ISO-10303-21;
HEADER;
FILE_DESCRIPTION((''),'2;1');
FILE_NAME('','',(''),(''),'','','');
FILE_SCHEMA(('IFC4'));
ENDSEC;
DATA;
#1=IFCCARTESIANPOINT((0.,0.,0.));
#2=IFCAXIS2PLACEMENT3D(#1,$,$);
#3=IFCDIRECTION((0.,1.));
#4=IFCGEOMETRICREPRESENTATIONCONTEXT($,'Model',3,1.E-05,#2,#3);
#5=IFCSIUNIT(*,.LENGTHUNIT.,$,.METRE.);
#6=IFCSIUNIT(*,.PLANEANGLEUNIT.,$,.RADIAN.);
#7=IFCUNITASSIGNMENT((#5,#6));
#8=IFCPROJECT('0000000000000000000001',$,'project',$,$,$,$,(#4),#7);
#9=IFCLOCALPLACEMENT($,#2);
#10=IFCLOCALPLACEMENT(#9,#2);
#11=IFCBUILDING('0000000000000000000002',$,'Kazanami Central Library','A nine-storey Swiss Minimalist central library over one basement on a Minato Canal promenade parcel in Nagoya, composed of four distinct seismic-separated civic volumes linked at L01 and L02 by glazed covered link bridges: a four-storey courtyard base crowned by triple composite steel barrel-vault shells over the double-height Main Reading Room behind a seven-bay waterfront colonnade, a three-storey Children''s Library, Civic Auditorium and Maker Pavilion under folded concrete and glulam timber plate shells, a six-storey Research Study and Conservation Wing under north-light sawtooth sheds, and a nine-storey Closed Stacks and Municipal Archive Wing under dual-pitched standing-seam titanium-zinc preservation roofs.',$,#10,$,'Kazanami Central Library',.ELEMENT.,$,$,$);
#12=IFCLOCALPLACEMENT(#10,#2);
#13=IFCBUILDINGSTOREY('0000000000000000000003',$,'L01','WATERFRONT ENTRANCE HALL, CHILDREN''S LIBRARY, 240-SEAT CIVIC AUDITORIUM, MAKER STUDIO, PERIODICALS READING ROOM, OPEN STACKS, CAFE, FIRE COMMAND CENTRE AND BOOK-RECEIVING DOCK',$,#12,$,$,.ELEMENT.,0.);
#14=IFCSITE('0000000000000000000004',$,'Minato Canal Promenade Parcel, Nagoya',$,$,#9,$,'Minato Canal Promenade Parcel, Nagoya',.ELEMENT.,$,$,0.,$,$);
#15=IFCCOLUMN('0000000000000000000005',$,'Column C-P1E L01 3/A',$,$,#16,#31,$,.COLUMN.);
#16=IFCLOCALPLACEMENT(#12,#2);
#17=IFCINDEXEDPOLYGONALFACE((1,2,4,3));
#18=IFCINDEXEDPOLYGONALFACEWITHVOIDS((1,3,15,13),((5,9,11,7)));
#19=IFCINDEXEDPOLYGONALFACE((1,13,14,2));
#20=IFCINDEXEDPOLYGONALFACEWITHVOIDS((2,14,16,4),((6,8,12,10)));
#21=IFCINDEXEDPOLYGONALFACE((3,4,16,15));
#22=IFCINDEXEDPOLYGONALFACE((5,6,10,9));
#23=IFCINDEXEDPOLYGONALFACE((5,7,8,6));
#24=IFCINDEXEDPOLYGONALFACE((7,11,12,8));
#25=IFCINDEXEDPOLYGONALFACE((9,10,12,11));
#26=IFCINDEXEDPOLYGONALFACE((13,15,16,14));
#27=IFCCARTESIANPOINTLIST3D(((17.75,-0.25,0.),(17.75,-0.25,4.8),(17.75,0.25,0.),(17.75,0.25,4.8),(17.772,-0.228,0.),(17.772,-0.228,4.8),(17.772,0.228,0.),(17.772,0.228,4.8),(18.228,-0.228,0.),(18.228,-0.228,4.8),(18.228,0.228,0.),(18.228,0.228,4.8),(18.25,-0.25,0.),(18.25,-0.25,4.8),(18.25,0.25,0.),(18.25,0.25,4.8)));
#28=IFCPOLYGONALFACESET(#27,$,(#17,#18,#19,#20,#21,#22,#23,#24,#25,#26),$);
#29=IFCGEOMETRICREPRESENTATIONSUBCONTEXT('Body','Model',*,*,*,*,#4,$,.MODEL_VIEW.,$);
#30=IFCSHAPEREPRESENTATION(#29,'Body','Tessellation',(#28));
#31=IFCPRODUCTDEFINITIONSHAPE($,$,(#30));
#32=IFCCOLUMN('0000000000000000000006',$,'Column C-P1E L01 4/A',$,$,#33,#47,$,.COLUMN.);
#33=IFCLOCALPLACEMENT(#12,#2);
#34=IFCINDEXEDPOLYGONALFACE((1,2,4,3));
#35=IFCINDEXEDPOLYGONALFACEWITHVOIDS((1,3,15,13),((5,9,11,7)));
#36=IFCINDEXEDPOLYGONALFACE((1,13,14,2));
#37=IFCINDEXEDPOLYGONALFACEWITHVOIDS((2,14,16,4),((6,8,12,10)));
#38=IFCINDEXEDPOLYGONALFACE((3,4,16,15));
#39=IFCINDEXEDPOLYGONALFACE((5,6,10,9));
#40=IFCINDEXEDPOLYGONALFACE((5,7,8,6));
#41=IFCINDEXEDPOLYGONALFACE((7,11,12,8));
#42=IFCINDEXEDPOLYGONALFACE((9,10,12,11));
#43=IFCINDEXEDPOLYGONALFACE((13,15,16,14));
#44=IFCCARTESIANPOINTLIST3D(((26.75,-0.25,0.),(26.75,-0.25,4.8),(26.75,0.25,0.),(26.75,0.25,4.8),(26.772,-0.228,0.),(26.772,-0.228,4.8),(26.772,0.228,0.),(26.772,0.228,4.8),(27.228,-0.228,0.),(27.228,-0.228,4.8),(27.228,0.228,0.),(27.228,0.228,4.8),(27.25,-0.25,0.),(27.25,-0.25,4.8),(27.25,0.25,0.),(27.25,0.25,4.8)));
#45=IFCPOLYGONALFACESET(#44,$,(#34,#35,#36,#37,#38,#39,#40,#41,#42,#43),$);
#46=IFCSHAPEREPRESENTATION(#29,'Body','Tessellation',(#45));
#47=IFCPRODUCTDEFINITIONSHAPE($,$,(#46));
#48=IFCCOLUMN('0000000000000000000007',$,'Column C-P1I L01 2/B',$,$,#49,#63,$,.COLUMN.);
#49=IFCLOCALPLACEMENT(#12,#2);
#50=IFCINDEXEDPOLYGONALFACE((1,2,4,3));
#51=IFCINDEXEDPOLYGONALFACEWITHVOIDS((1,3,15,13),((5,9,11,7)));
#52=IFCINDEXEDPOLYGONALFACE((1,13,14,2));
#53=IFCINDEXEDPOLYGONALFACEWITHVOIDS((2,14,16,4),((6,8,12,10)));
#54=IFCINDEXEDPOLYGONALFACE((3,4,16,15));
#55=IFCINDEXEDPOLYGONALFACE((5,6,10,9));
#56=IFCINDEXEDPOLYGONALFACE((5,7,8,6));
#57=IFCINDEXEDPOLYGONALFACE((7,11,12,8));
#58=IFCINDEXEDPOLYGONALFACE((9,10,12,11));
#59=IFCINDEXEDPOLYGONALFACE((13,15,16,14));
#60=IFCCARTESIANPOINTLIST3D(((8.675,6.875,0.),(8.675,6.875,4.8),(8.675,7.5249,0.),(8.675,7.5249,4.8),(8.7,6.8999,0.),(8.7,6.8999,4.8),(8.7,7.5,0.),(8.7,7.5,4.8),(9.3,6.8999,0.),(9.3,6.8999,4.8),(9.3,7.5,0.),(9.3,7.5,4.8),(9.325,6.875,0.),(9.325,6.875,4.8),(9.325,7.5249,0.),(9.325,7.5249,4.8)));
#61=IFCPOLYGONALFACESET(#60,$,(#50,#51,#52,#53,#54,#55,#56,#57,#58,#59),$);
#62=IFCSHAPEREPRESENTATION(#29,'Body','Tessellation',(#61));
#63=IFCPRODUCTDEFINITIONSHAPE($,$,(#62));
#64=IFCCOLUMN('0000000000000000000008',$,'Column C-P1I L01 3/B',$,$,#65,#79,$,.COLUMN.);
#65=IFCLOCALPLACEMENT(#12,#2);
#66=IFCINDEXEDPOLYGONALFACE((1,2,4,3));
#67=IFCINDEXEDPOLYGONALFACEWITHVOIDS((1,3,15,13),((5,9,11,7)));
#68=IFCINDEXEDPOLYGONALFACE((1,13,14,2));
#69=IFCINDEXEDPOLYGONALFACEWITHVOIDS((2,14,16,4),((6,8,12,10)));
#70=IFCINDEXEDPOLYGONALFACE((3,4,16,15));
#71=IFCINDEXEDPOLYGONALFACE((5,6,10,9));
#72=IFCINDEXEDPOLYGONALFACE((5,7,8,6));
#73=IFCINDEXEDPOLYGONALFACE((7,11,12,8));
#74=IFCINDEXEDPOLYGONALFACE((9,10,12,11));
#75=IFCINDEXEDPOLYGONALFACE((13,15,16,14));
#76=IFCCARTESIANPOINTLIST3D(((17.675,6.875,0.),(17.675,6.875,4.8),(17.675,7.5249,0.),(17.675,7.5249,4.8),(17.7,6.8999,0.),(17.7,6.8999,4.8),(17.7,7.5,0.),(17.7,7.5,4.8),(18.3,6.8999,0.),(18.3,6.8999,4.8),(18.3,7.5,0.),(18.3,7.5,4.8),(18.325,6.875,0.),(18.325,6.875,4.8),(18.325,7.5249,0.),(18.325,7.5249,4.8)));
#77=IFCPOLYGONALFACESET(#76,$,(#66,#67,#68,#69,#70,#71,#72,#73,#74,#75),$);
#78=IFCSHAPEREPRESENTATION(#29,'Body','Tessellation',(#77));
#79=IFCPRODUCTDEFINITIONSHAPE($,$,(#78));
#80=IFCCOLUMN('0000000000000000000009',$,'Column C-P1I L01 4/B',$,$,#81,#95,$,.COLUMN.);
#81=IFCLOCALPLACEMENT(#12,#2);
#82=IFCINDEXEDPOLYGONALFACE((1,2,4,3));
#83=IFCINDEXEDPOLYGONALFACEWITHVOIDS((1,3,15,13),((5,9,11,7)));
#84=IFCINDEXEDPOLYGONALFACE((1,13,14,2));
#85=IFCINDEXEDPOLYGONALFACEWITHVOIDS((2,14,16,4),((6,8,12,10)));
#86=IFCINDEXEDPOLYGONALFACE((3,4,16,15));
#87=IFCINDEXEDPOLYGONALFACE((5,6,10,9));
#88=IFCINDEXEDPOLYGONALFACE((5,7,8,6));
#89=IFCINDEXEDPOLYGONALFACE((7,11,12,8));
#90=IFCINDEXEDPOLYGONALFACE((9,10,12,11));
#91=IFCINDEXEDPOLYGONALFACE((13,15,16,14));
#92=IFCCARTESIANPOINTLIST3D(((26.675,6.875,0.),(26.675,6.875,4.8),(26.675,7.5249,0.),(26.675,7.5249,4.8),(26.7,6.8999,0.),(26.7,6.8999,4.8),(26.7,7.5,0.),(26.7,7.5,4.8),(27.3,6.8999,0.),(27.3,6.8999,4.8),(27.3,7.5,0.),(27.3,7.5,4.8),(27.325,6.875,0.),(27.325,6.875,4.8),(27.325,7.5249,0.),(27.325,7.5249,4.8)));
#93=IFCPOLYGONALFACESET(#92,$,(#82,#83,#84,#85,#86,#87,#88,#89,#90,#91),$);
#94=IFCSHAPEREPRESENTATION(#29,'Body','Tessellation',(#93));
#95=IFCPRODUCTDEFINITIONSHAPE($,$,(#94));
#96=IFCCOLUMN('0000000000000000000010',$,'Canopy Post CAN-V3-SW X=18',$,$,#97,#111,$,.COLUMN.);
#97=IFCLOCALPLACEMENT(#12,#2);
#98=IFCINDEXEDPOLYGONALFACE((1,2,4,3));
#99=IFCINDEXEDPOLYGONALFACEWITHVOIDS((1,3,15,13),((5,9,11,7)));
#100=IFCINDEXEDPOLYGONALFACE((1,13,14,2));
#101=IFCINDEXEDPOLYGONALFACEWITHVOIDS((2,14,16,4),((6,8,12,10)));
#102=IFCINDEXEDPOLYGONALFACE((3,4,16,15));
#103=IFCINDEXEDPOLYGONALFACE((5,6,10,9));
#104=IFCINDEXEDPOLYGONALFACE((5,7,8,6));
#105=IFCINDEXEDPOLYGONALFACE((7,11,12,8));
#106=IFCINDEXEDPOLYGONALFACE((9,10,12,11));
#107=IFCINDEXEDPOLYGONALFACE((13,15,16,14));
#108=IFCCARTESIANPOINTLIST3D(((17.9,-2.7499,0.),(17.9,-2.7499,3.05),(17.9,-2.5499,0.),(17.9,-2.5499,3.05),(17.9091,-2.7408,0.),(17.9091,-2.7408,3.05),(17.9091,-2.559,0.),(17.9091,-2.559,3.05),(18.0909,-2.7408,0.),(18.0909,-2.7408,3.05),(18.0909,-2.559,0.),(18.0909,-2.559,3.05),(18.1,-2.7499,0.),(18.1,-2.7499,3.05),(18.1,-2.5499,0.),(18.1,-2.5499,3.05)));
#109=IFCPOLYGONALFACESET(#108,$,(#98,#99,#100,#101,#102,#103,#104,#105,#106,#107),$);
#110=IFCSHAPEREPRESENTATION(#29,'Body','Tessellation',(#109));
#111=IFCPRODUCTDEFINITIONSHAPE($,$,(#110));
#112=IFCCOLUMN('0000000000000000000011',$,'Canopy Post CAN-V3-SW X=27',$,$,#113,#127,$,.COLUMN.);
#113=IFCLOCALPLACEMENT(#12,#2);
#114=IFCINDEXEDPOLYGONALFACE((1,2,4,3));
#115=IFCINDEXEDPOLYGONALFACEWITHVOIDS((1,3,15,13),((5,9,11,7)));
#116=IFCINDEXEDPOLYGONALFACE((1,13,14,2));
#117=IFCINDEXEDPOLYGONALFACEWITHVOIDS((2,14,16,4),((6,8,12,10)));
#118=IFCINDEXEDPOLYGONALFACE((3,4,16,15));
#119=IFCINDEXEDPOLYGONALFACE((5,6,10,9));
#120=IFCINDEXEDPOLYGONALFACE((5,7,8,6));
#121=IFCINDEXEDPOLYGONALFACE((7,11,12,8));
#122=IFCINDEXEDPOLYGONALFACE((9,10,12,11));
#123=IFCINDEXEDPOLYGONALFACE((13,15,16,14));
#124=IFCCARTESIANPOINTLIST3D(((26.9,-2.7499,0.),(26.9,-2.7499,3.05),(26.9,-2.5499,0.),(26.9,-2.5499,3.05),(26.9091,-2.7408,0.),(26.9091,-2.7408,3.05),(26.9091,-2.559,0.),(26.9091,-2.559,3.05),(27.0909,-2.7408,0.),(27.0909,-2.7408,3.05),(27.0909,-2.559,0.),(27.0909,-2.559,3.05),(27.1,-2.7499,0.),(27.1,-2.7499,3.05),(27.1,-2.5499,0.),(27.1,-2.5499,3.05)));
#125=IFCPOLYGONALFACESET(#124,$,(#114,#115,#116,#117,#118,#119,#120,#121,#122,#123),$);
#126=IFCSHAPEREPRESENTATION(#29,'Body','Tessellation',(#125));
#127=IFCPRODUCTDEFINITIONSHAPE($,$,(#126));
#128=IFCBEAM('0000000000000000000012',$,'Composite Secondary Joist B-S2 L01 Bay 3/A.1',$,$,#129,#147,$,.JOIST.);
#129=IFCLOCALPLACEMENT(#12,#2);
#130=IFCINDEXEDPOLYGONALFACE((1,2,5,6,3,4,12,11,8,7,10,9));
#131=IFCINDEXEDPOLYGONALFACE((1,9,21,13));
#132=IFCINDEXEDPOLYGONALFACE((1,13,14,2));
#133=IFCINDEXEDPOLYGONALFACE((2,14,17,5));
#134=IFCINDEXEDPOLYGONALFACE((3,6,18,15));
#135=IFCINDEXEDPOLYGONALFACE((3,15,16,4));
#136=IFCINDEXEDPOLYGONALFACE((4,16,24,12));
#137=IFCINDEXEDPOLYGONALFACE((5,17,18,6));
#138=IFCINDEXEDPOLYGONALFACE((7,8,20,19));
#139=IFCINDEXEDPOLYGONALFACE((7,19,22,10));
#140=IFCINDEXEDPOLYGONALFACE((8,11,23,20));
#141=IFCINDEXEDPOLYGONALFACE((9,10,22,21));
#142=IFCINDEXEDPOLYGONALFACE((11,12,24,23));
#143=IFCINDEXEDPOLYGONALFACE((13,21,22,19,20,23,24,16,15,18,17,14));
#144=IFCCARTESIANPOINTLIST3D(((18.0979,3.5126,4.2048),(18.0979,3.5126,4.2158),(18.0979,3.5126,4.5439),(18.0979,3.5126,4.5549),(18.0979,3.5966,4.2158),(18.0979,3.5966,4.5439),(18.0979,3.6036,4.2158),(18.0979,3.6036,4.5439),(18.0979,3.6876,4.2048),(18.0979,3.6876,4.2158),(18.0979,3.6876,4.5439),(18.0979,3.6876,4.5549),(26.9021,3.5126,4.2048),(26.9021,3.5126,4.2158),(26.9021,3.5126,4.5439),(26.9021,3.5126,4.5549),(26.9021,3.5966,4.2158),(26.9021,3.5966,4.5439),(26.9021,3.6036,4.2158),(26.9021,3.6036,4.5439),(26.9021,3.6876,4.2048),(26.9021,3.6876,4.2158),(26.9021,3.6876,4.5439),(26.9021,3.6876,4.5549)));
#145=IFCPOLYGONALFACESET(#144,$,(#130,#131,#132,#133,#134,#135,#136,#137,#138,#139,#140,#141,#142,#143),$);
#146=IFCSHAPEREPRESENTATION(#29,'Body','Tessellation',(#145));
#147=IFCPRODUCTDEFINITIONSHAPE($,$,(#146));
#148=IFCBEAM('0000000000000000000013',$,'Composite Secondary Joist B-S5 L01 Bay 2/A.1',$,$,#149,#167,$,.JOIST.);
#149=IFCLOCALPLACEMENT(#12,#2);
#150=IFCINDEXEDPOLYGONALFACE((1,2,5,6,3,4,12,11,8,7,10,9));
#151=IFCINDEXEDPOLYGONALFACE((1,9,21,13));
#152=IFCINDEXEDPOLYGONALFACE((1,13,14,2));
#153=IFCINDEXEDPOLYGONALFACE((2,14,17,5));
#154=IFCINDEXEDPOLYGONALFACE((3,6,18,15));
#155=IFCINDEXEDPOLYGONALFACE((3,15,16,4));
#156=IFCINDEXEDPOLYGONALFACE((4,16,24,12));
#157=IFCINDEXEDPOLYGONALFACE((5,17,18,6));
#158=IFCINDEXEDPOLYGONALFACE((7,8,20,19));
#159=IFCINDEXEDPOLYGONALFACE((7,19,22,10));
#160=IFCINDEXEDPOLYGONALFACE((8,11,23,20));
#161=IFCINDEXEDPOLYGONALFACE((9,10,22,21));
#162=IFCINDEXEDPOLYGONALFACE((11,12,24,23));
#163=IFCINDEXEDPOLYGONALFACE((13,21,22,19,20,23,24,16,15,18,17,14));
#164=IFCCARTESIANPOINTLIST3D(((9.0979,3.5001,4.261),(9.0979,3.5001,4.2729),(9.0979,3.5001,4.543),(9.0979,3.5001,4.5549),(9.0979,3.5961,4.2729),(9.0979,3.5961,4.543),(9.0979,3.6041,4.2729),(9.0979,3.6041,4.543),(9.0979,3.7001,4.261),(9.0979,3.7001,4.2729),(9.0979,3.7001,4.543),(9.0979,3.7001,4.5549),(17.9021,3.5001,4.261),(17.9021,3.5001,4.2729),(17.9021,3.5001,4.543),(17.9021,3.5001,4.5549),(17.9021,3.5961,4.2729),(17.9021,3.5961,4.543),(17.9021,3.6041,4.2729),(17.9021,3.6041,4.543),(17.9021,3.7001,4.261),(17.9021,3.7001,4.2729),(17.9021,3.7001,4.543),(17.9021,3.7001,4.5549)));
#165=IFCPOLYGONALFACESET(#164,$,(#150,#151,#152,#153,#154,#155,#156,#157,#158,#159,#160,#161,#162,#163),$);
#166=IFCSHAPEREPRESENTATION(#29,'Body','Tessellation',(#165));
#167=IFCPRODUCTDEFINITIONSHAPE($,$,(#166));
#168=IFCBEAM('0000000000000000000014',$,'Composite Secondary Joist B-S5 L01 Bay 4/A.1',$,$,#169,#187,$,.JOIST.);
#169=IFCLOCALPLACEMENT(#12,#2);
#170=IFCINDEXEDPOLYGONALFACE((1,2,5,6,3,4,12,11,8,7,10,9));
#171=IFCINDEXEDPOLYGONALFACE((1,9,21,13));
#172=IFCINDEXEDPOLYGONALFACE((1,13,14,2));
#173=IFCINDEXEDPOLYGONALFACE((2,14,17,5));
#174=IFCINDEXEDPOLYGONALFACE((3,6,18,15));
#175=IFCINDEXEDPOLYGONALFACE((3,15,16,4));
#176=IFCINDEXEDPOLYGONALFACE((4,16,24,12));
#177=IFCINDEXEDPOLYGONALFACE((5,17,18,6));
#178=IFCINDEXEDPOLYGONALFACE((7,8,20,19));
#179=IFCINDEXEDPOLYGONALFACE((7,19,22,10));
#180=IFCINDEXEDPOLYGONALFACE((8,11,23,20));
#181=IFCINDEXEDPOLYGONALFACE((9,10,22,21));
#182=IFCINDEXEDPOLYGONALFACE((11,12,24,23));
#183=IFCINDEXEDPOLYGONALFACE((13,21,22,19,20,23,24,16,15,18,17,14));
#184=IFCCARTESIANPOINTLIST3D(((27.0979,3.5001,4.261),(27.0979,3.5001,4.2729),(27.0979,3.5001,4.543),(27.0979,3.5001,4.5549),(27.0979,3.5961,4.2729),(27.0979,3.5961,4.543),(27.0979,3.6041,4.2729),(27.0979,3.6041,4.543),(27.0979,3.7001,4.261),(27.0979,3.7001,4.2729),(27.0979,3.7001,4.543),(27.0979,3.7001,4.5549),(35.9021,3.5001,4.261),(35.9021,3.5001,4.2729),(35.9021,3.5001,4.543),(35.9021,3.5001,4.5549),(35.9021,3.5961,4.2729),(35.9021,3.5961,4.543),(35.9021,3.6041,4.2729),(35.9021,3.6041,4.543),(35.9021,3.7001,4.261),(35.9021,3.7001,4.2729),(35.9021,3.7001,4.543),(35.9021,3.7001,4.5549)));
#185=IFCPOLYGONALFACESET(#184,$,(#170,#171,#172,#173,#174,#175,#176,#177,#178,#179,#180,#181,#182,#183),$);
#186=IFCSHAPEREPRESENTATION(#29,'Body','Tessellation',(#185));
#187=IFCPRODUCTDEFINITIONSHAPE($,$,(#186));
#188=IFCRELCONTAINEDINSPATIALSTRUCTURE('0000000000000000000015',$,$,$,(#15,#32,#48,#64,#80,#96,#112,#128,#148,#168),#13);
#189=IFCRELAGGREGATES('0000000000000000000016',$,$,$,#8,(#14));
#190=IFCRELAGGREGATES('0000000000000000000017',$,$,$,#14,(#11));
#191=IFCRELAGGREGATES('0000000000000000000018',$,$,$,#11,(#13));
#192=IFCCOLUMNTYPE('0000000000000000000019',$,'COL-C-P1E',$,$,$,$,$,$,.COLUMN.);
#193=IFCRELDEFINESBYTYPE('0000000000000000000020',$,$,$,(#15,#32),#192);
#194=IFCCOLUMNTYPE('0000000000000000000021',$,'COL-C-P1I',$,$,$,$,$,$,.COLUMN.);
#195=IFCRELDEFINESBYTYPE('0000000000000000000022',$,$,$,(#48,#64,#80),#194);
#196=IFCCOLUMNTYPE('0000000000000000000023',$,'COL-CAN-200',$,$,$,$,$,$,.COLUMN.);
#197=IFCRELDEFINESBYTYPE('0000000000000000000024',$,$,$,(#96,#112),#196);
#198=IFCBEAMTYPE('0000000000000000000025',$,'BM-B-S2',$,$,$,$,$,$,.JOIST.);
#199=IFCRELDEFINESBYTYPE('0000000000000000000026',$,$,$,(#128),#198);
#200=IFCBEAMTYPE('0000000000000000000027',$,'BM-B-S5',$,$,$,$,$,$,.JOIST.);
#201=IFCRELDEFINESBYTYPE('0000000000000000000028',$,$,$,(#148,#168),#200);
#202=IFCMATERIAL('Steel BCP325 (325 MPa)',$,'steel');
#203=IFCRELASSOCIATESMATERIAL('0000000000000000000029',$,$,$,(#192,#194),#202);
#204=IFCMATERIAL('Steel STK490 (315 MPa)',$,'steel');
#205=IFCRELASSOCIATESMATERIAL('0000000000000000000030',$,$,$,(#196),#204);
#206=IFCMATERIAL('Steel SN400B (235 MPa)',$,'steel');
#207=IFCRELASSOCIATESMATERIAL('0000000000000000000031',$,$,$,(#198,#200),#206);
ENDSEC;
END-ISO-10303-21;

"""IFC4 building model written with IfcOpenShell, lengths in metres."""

from ifc_helpers import new_model, si_unit, direction, frame, origin, origin_2d, place, context, subcontext, project, spatial, hollow_rectangle, i_section, extrude, material, material_profile, profile_set, type_object, element, save


model = new_model("IFC4")

# Units and contexts
model_context = context("Model", 3, precision=1e-05, world=origin(), true_north=direction((0.0, 1.0)))
body_context = subcontext(model_context, "Body", "Model", "MODEL_VIEW")
ifc_project = project(units=[si_unit("LENGTHUNIT", "METRE"), si_unit("PLANEANGLEUNIT", "RADIAN")], contexts=[model_context])

# Site, building, storey
site_placement = place(None, origin())
site = spatial("IfcSite", under=ifc_project, at=site_placement, Name="Minato Canal Promenade Parcel, Nagoya", LongName="Minato Canal Promenade Parcel, Nagoya", CompositionType="ELEMENT", RefElevation=0.0)
building_placement = place(site_placement, origin())
building = spatial("IfcBuilding", under=site, at=building_placement, Name="Kazanami Central Library", Description="A nine-storey Swiss Minimalist central library over one basement on a Minato Canal promenade parcel in Nagoya, composed of four distinct seismic-separated civic volumes linked at L01 and L02 by glazed covered link bridges: a four-storey courtyard base crowned by triple composite steel barrel-vault shells over the double-height Main Reading Room behind a seven-bay waterfront colonnade, a three-storey Children's Library, Civic Auditorium and Maker Pavilion under folded concrete and glulam timber plate shells, a six-storey Research Study and Conservation Wing under north-light sawtooth sheds, and a nine-storey Closed Stacks and Municipal Archive Wing under dual-pitched standing-seam titanium-zinc preservation roofs.", LongName="Kazanami Central Library", CompositionType="ELEMENT")
storey_placement = place(building_placement, origin())
storey = spatial("IfcBuildingStorey", under=building, at=storey_placement, Name="L01", Description="WATERFRONT ENTRANCE HALL, CHILDREN'S LIBRARY, 240-SEAT CIVIC AUDITORIUM, MAKER STUDIO, PERIODICALS READING ROOM, OPEN STACKS, CAFE, FIRE COMMAND CENTRE AND BOOK-RECEIVING DOCK", CompositionType="ELEMENT", Elevation=0.0)

# Columns
ifc_material_1 = material(Name="Steel BCP325 (325 MPa)", Category="steel")
ifc_material_profile_1 = material_profile(ifc_material_1, hollow_rectangle(XDim=0.5, YDim=0.5, WallThickness=0.022, at=origin_2d()), Name="BCP-500x500x22")
ifc_profile_set_1 = profile_set([ifc_material_profile_1], Name="Steel BCP325 (325 MPa)")
column_type_1 = type_object("IfcColumnType", Name="COL-C-P1E", PredefinedType="COLUMN", material=ifc_profile_set_1)
for number, where, z_axis, x_axis, name in (
    (1, (18.0, 0.0, 0.0), (0.0, 0.0, 1.0), (1.0, 0.0, 0.0), "Column C-P1E L01 3/A"),
    (2, (27.0, 0.0, 0.0), (0.0, 0.0, 1.0), (1.0, 0.0, 0.0), "Column C-P1E L01 4/A"),
):
    element("IfcColumn", number, at=place(storey_placement, frame(where, z_axis=z_axis, x_axis=x_axis)), inside=storey, type_object=column_type_1, Name=name, PredefinedType="COLUMN", context=body_context, shape_type="SweptSolid", body=[
        extrude(hollow_rectangle(XDim=0.5, YDim=0.5, WallThickness=0.022, at=origin_2d()), origin(), (0.0, 0.0, 1.0), 4.8),
    ])
ifc_material_profile_2 = material_profile(ifc_material_1, hollow_rectangle(XDim=0.6499, YDim=0.6499, WallThickness=0.0249, at=origin_2d()), Name="BCP-650x650x25")
ifc_profile_set_2 = profile_set([ifc_material_profile_2], Name="Steel BCP325 (325 MPa)")
column_type_2 = type_object("IfcColumnType", Name="COL-C-P1I", PredefinedType="COLUMN", material=ifc_profile_set_2)
for number, where, z_axis, x_axis, name in (
    (3, (9.0, 7.2, 0.0), (0.0, 0.0, 1.0), (1.0, 0.0, 0.0), "Column C-P1I L01 2/B"),
    (4, (18.0, 7.2, 0.0), (0.0, 0.0, 1.0), (1.0, 0.0, 0.0), "Column C-P1I L01 3/B"),
    (5, (27.0, 7.2, 0.0), (0.0, 0.0, 1.0), (1.0, 0.0, 0.0), "Column C-P1I L01 4/B"),
):
    element("IfcColumn", number, at=place(storey_placement, frame(where, z_axis=z_axis, x_axis=x_axis)), inside=storey, type_object=column_type_2, Name=name, PredefinedType="COLUMN", context=body_context, shape_type="SweptSolid", body=[
        extrude(hollow_rectangle(XDim=0.6499, YDim=0.6499, WallThickness=0.0249, at=origin_2d()), origin(), (0.0, 0.0, 1.0), 4.8),
    ])
ifc_material_2 = material(Name="Steel STK490 (315 MPa)", Category="steel")
ifc_material_profile_3 = material_profile(ifc_material_2, hollow_rectangle(XDim=0.2, YDim=0.2, WallThickness=0.009, at=origin_2d()), Name="STKR-200x200x9")
ifc_profile_set_3 = profile_set([ifc_material_profile_3], Name="Steel STK490 (315 MPa)")
column_type_3 = type_object("IfcColumnType", Name="COL-CAN-200", PredefinedType="COLUMN", material=ifc_profile_set_3)
for number, where, z_axis, x_axis, name in (
    (6, (18.0, -2.6499, 0.0), (0.0, 0.0, 1.0), (1.0, 0.0, 0.0), "Canopy Post CAN-V3-SW X=18"),
    (7, (27.0, -2.6499, 0.0), (0.0, 0.0, 1.0), (1.0, 0.0, 0.0), "Canopy Post CAN-V3-SW X=27"),
):
    element("IfcColumn", number, at=place(storey_placement, frame(where, z_axis=z_axis, x_axis=x_axis)), inside=storey, type_object=column_type_3, Name=name, PredefinedType="COLUMN", context=body_context, shape_type="SweptSolid", body=[
        extrude(hollow_rectangle(XDim=0.2, YDim=0.2, WallThickness=0.009, at=origin_2d()), origin(), (0.0, 0.0, 1.0), 3.05),
    ])

# Beams
ifc_material_3 = material(Name="Steel SN400B (235 MPa)", Category="steel")
ifc_material_profile_4 = material_profile(ifc_material_3, i_section(OverallWidth=0.175, OverallDepth=0.3501, WebThickness=0.0071, FlangeThickness=0.011, at=origin_2d()), Name="H-350x175x7x11")
ifc_profile_set_4 = profile_set([ifc_material_profile_4], Name="Steel SN400B (235 MPa)")
beam_type_1 = type_object("IfcBeamType", Name="BM-B-S2", PredefinedType="JOIST", material=ifc_profile_set_4)
beam_1_placement = place(storey_placement, frame((18.0979, 3.6001, 4.3799), z_axis=(1.0, 0.0, 0.0), x_axis=(0.0, 1.0, 0.0)))
element("IfcBeam", 8, at=beam_1_placement, inside=storey, type_object=beam_type_1, Name="Composite Secondary Joist B-S2 L01 Bay 3/A.1", PredefinedType="JOIST", context=body_context, shape_type="SweptSolid", body=[
    extrude(i_section(OverallWidth=0.175, OverallDepth=0.3501, WebThickness=0.0071, FlangeThickness=0.011, at=origin_2d()), origin(), (0.0, 0.0, 1.0), 8.8042),
])
ifc_material_profile_5 = material_profile(ifc_material_3, i_section(OverallWidth=0.2, OverallDepth=0.2939, WebThickness=0.0081, FlangeThickness=0.012, at=origin_2d()), Name="H-294x200x8x12")
ifc_profile_set_5 = profile_set([ifc_material_profile_5], Name="Steel SN400B (235 MPa)")
beam_type_2 = type_object("IfcBeamType", Name="BM-B-S5", PredefinedType="JOIST", material=ifc_profile_set_5)
for number, where, z_axis, x_axis, name in (
    (9, (9.0979, 3.6001, 4.408), (1.0, 0.0, 0.0), (0.0, 1.0, 0.0), "Composite Secondary Joist B-S5 L01 Bay 2/A.1"),
    (10, (27.0979, 3.6001, 4.408), (1.0, 0.0, 0.0), (0.0, 1.0, 0.0), "Composite Secondary Joist B-S5 L01 Bay 4/A.1"),
):
    element("IfcBeam", number, at=place(storey_placement, frame(where, z_axis=z_axis, x_axis=x_axis)), inside=storey, type_object=beam_type_2, Name=name, PredefinedType="JOIST", context=body_context, shape_type="SweptSolid", body=[
        extrude(i_section(OverallWidth=0.2, OverallDepth=0.2939, WebThickness=0.0081, FlangeThickness=0.012, at=origin_2d()), origin(), (0.0, 0.0, 1.0), 8.8042),
    ])

save(model, "model.ifc")
